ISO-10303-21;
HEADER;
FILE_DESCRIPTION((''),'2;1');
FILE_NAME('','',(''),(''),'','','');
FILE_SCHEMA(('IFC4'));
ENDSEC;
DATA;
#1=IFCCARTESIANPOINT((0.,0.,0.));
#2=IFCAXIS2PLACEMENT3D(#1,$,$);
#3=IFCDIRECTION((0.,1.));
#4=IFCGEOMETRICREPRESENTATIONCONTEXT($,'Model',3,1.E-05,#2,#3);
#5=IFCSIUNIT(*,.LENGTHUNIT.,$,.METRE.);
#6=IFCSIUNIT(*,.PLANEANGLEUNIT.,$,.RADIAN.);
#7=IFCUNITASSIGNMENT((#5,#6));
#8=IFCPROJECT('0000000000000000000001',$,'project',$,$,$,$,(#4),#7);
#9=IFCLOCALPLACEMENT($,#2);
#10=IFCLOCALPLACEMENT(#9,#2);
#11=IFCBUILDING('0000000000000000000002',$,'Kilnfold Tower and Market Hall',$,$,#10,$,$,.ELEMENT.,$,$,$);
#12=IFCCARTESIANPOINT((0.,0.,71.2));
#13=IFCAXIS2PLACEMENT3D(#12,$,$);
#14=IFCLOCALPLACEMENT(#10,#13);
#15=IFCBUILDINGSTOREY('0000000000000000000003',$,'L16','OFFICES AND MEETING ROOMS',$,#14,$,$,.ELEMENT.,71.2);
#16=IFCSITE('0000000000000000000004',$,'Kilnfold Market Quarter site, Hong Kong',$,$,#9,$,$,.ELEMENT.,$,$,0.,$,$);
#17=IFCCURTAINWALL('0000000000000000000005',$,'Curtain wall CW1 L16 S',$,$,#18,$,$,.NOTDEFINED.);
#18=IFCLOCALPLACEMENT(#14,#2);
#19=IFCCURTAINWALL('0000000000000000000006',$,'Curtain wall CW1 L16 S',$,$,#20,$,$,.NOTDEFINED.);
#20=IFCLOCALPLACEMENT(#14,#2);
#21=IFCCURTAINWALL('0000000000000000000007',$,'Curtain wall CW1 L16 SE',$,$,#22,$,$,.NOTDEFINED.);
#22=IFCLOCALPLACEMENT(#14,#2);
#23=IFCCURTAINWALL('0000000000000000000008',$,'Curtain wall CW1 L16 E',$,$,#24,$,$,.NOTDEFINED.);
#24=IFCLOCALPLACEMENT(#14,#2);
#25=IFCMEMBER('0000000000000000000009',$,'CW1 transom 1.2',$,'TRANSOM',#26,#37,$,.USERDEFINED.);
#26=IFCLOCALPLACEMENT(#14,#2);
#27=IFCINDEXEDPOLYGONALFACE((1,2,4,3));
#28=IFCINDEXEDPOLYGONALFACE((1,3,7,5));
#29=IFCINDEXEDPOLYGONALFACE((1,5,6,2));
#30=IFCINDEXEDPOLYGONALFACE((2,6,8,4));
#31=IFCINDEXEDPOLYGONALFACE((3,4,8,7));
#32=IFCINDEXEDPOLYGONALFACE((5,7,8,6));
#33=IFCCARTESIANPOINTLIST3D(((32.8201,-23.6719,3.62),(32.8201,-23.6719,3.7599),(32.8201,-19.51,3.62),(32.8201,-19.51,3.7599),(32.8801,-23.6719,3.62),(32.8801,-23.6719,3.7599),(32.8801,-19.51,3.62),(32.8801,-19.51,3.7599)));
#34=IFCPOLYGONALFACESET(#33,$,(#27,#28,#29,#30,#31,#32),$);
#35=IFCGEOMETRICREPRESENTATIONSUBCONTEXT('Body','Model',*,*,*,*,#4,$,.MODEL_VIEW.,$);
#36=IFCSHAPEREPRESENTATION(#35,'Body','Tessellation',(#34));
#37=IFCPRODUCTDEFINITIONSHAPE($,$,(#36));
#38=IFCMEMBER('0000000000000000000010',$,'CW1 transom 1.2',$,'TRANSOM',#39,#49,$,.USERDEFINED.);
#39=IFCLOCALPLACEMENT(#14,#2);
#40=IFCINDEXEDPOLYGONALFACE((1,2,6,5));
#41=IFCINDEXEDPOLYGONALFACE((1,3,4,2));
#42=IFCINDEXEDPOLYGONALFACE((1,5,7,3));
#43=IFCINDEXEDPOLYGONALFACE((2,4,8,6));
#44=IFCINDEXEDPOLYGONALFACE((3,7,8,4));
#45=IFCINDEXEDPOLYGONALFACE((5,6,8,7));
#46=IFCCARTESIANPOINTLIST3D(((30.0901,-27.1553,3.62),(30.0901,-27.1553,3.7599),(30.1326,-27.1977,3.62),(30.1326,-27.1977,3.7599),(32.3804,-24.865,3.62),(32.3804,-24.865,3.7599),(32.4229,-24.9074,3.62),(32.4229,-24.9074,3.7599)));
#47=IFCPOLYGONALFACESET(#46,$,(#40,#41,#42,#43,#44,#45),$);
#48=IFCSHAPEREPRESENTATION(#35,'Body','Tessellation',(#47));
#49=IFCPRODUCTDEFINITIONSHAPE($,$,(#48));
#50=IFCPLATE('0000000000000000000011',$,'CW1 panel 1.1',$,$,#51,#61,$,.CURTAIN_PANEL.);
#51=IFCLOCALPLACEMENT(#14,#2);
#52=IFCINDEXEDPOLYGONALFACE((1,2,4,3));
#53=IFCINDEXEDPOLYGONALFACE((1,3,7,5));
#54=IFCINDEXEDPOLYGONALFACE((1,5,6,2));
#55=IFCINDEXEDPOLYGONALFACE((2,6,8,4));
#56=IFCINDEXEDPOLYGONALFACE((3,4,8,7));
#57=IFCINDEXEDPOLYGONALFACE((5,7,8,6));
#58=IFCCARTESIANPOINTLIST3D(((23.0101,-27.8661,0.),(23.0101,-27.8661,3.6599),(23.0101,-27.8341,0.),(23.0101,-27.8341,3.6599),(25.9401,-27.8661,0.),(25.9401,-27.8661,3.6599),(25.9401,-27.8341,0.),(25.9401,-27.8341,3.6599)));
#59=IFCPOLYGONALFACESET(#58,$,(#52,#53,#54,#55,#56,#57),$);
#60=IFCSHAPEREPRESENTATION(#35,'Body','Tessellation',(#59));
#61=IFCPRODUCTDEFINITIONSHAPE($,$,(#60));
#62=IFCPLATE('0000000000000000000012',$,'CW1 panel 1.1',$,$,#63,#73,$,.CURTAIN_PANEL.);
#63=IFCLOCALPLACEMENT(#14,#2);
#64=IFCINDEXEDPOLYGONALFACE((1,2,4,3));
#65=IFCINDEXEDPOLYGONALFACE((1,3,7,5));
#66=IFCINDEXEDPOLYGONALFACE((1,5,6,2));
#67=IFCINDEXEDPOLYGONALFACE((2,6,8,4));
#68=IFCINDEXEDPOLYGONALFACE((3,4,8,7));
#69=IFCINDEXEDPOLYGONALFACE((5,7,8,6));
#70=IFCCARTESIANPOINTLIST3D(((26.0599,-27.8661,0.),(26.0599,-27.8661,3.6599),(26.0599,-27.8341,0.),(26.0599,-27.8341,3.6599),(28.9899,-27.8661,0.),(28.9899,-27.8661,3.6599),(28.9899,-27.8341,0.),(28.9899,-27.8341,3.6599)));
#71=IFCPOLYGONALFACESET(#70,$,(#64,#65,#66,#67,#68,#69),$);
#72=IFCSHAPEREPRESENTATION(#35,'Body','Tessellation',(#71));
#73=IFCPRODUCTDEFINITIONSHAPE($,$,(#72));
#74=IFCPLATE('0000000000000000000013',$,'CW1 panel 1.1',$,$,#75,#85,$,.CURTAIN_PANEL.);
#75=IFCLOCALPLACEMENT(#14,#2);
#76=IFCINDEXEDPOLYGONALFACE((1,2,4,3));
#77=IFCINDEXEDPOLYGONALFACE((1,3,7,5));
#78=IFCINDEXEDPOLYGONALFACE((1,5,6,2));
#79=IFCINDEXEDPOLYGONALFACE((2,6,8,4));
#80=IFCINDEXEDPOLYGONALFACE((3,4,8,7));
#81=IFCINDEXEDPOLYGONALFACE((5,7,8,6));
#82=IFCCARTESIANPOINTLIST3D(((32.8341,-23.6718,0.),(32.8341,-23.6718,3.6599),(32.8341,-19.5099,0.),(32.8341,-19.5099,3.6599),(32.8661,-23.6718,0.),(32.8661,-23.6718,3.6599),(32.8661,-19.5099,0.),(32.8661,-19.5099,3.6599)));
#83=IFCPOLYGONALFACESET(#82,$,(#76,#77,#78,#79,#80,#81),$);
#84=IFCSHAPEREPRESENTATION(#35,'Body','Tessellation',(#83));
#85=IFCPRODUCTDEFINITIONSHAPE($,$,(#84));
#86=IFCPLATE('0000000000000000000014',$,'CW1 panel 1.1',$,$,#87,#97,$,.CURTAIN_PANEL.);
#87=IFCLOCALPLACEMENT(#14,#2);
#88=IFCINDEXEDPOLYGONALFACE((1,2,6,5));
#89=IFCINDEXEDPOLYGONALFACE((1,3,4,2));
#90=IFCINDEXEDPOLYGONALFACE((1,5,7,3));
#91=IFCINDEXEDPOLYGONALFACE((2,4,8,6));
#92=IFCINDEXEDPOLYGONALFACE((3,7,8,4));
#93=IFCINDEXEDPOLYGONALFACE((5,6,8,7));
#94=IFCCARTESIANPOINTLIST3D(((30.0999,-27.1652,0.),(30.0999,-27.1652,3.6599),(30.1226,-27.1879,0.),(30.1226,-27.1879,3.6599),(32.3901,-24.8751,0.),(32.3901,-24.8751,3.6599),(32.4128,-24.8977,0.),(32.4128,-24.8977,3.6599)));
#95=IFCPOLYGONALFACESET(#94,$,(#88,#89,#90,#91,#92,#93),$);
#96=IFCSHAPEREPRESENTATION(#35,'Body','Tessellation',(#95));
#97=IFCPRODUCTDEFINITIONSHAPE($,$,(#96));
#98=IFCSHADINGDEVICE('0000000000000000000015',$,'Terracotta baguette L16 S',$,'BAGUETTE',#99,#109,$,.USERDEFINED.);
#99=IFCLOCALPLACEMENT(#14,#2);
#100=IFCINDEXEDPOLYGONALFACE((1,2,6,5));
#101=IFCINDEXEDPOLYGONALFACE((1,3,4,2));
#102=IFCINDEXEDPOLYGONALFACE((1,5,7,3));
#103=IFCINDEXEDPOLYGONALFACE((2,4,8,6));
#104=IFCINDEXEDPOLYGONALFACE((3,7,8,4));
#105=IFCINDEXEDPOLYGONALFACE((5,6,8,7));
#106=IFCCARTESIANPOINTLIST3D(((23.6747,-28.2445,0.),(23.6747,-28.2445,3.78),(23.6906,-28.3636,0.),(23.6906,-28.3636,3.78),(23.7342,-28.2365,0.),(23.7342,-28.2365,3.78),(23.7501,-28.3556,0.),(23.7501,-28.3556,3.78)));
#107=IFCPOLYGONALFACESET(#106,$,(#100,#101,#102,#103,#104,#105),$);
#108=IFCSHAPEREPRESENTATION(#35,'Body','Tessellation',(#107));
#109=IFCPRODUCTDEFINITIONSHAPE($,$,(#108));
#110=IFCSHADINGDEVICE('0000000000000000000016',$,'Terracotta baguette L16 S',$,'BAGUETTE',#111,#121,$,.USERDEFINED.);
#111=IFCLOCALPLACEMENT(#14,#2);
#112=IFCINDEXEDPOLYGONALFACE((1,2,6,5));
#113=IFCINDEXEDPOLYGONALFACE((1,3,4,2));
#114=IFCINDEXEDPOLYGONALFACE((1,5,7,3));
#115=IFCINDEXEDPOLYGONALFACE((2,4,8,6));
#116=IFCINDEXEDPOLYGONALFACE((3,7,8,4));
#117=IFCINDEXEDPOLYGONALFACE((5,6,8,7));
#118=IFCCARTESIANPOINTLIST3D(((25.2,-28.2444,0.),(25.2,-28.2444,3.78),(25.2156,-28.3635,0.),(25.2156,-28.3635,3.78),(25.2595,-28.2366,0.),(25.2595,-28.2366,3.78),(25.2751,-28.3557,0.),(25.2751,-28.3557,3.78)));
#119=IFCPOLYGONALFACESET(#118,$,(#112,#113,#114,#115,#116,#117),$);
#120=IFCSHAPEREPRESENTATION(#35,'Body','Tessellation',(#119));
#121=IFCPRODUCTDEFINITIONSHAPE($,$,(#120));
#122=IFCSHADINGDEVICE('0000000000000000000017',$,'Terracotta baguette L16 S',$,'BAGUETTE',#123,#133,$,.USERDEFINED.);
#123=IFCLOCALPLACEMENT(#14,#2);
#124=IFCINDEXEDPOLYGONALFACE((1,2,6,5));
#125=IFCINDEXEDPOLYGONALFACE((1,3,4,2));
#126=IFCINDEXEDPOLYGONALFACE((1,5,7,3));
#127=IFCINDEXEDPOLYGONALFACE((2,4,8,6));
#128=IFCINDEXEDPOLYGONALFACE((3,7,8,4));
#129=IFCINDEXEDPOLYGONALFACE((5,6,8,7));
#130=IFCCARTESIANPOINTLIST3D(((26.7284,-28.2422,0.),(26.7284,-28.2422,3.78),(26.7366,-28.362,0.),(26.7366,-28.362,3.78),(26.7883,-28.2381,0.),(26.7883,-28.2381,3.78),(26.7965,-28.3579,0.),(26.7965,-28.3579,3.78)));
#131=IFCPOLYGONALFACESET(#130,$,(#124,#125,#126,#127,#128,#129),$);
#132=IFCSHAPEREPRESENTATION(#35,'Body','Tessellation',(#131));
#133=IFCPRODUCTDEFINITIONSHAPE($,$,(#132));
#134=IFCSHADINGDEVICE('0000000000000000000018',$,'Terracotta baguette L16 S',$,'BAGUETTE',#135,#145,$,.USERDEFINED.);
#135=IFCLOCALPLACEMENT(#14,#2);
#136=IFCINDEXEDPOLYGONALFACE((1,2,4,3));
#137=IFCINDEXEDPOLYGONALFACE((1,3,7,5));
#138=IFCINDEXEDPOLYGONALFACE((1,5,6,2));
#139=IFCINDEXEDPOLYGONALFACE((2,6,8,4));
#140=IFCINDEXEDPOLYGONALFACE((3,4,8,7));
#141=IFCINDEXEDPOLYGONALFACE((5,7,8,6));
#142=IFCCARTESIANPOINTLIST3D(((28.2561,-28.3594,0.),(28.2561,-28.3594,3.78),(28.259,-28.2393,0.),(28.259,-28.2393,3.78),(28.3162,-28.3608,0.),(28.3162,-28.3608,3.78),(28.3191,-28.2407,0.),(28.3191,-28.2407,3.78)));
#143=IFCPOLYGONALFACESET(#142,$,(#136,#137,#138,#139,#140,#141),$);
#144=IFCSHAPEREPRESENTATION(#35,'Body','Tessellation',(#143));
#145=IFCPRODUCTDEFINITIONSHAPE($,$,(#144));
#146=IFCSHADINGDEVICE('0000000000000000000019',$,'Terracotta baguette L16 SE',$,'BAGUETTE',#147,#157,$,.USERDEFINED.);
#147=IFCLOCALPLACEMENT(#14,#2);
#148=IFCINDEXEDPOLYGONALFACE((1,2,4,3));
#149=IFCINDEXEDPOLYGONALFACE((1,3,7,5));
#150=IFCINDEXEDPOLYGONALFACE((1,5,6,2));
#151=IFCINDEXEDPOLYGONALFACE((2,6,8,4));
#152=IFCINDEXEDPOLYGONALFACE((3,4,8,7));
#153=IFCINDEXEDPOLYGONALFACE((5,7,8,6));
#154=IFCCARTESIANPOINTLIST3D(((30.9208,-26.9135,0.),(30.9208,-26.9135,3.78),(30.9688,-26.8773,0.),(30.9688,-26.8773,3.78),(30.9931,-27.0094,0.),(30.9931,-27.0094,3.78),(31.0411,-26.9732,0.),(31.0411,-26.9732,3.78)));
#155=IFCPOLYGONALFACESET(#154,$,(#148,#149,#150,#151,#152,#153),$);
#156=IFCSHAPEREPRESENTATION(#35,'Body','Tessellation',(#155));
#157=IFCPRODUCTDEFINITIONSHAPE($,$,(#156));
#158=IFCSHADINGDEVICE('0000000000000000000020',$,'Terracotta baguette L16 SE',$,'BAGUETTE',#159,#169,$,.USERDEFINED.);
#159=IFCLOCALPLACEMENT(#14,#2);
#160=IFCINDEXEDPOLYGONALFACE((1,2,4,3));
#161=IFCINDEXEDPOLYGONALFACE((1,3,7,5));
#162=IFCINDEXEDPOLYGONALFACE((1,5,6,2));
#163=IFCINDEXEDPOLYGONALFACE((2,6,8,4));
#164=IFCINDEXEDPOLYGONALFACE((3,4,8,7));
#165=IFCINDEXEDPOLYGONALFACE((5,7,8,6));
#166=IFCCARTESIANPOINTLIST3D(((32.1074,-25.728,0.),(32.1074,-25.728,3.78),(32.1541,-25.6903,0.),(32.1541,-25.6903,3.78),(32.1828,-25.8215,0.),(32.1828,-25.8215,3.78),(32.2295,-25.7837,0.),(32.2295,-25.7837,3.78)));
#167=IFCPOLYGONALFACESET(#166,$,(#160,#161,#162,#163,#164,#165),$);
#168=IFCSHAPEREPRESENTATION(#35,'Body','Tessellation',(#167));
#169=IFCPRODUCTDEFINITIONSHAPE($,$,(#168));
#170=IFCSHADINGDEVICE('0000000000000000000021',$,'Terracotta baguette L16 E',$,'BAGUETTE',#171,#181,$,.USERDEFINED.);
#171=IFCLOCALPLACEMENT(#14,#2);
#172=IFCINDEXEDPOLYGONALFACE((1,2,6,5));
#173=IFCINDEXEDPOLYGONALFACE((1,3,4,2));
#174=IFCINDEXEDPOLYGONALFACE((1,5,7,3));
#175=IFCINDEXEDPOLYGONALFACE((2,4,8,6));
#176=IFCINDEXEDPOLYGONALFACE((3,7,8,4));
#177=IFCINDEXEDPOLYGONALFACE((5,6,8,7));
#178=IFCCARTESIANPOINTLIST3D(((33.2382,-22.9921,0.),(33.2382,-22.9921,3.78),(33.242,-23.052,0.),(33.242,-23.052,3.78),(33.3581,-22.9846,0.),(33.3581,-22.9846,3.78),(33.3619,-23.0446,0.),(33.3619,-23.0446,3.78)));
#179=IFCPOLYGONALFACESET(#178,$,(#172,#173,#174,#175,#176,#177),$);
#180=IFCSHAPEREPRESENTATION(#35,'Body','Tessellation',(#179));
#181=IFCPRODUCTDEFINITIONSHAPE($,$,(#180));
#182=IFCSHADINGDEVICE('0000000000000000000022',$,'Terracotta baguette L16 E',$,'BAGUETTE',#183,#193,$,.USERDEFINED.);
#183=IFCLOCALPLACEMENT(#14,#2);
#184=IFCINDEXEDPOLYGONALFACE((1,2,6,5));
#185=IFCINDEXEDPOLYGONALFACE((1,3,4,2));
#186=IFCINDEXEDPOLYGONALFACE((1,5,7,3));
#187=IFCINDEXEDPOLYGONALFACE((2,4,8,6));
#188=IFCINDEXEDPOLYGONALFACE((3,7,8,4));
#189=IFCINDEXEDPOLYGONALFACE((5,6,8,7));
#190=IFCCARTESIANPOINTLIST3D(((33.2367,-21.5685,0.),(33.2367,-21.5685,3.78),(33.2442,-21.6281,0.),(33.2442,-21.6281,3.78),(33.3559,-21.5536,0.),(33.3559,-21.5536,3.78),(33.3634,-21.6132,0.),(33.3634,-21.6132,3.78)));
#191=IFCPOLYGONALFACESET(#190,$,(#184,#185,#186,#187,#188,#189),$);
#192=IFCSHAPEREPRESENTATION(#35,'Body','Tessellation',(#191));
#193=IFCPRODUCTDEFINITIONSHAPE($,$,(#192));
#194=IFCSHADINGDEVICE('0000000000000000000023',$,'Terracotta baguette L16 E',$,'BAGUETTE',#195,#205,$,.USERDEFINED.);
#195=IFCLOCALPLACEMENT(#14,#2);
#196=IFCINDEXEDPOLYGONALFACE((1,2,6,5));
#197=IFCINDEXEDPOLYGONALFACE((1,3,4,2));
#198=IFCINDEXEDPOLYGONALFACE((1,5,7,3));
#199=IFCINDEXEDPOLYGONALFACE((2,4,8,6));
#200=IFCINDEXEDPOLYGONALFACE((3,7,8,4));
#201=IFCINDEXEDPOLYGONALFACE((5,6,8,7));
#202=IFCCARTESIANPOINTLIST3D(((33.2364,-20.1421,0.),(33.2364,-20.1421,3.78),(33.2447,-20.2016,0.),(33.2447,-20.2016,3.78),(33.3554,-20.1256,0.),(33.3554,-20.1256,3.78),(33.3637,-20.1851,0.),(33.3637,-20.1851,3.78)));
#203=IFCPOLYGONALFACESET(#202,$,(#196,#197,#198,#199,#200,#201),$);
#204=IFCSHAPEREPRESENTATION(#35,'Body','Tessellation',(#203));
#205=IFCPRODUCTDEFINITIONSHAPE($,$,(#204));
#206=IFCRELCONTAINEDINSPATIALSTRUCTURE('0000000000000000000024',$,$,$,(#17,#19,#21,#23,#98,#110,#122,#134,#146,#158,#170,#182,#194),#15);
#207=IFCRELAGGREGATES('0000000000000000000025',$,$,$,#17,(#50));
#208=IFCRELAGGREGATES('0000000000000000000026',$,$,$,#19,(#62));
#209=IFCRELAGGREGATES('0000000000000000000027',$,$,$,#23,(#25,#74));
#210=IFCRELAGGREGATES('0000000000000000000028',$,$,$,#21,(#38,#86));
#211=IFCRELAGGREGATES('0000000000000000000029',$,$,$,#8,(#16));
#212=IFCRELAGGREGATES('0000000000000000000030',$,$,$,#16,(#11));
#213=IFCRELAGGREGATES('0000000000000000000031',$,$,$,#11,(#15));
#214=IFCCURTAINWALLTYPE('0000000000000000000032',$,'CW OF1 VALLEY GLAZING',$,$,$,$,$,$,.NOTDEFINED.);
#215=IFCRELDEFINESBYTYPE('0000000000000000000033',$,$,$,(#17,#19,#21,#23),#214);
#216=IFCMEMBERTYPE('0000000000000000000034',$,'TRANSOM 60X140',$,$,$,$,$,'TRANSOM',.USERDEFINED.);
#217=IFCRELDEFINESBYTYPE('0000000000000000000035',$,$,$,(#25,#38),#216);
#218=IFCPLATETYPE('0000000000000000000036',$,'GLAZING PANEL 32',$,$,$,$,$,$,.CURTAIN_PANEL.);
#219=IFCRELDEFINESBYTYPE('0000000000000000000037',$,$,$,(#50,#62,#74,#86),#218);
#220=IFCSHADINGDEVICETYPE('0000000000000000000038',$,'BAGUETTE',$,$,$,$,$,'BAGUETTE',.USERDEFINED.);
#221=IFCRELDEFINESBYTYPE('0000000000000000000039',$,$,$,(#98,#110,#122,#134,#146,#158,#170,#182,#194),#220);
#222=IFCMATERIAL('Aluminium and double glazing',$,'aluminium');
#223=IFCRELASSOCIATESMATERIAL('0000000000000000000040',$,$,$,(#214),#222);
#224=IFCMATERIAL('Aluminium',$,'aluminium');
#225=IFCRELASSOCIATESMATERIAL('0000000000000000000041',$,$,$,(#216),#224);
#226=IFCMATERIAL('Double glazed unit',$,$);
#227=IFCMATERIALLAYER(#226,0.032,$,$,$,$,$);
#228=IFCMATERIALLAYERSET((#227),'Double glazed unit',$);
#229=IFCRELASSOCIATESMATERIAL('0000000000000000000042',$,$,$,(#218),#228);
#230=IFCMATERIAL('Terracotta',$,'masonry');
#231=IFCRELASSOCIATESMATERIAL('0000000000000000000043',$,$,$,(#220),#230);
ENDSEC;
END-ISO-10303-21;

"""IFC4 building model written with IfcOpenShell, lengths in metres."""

from ifc_helpers import new_model, si_unit, direction, frame, origin, origin_2d, place, context, subcontext, project, spatial, rectangle, extrude, source, transform, mapped, material, layer, layer_set, material_profile, profile_set, type_object, element, aggregate, save


model = new_model("IFC4")

# Units and contexts
model_context = context("Model", 3, precision=1e-05, world=origin(), true_north=direction((0.0, 1.0)))
body_context = subcontext(model_context, "Body", "Model", "MODEL_VIEW")
ifc_project = project(units=[si_unit("LENGTHUNIT", "METRE"), si_unit("PLANEANGLEUNIT", "RADIAN")], contexts=[model_context])

# Site, building, storey
site_placement = place(None, origin())
site = spatial("IfcSite", under=ifc_project, at=site_placement, Name="Kilnfold Market Quarter site, Hong Kong", CompositionType="ELEMENT", RefElevation=0.0)
building_placement = place(site_placement, origin())
building = spatial("IfcBuilding", under=site, at=building_placement, Name="Kilnfold Tower and Market Hall", CompositionType="ELEMENT")
storey_placement = place(building_placement, frame((0.0, 0.0, 71.2)))
storey = spatial("IfcBuildingStorey", under=building, at=storey_placement, Name="L16", Description="OFFICES AND MEETING ROOMS", CompositionType="ELEMENT", Elevation=71.2)

# Curtain walls
ifc_material_1 = material(Name="Aluminium and double glazing", Category="aluminium")
curtain_wall_type = type_object("IfcCurtainWallType", Name="CW OF1 VALLEY GLAZING", PredefinedType="NOTDEFINED", material=ifc_material_1)
curtain_wall_1_placement = place(storey_placement, origin())
curtain_wall_1 = element("IfcCurtainWall", 1, at=curtain_wall_1_placement, inside=storey, type_object=curtain_wall_type, Name="Curtain wall CW1 L16 S", PredefinedType="NOTDEFINED")
curtain_wall_2_placement = place(storey_placement, origin())
curtain_wall_2 = element("IfcCurtainWall", 2, at=curtain_wall_2_placement, inside=storey, type_object=curtain_wall_type, Name="Curtain wall CW1 L16 S", PredefinedType="NOTDEFINED")
curtain_wall_3_placement = place(storey_placement, origin())
curtain_wall_3 = element("IfcCurtainWall", 3, at=curtain_wall_3_placement, inside=storey, type_object=curtain_wall_type, Name="Curtain wall CW1 L16 SE", PredefinedType="NOTDEFINED")

# Curtain wall
curtain_wall_4_placement = place(storey_placement, origin())
curtain_wall_4 = element("IfcCurtainWall", 4, at=curtain_wall_4_placement, inside=storey, type_object=curtain_wall_type, Name="Curtain wall CW1 L16 E", PredefinedType="NOTDEFINED")

# Members
ifc_material_2 = material(Name="Aluminium", Category="aluminium")
ifc_material_profile_1 = material_profile(ifc_material_2, rectangle(XDim=0.0601, YDim=0.1399, at=origin_2d()), Name="TRANSOM 60x140")
ifc_profile_set_1 = profile_set([ifc_material_profile_1], Name="Aluminium")
member_type_1 = type_object("IfcMemberType", Name="TRANSOM 60X140", ElementType="TRANSOM", PredefinedType="USERDEFINED", material=ifc_profile_set_1)
shared_shape_1 = source(origin(), body_context, "Body", "SweptSolid", [
    extrude(rectangle(XDim=0.0601, YDim=0.1399, at=origin_2d()), origin(), (0.0, 0.0, 1.0), 4.1619),
])
member_1_placement = place(storey_placement, frame((32.8501, -23.6719, 3.6899), z_axis=(0.0, 1.0, 0.0), x_axis=(-1.0, 0.0, 0.0)))
member_1 = element("IfcMember", 5, at=member_1_placement, type_object=member_type_1, Name="CW1 transom 1.2", ObjectType="TRANSOM", PredefinedType="USERDEFINED", context=body_context, shape_type="MappedRepresentation", body=[
    mapped(shared_shape_1, transform((0.0, 0.0, 0.0))),
])
shared_shape_2 = source(origin(), body_context, "Body", "SweptSolid", [
    extrude(rectangle(XDim=0.0601, YDim=0.1399, at=origin_2d()), origin(), (0.0, 0.0, 1.0), 3.239),
])
member_2_placement = place(storey_placement, frame((30.1113, -27.1765, 3.6899), z_axis=(0.707107, 0.707107, 0.0), x_axis=(-0.707107, 0.707107, 0.0)))
member_2 = element("IfcMember", 6, at=member_2_placement, type_object=member_type_1, Name="CW1 transom 1.2", ObjectType="TRANSOM", PredefinedType="USERDEFINED", context=body_context, shape_type="MappedRepresentation", body=[
    mapped(shared_shape_2, transform((0.0, 0.0, 0.0))),
])

# Plates
ifc_material_3 = material(Name="Double glazed unit")
ifc_layer = layer(ifc_material_3, 0.032)
ifc_layer_set = layer_set([ifc_layer], Name="Double glazed unit")
plate_type = type_object("IfcPlateType", Name="GLAZING PANEL 32", PredefinedType="CURTAIN_PANEL", material=ifc_layer_set)
shared_shape_3 = source(origin(), body_context, "Body", "SweptSolid", [
    extrude(rectangle(XDim=2.9299, YDim=0.032, at=origin_2d()), origin(), (0.0, 0.0, 1.0), 3.6599),
])
plate_1_placement = place(storey_placement, frame((24.4751, -27.8501, 0.0), z_axis=(0.0, 0.0, 1.0), x_axis=(1.0, 0.0, 0.0)))
plate_1 = element("IfcPlate", 7, at=plate_1_placement, type_object=plate_type, Name="CW1 panel 1.1", PredefinedType="CURTAIN_PANEL", context=body_context, shape_type="MappedRepresentation", body=[
    mapped(shared_shape_3, transform((0.0, 0.0, 0.0))),
])
aggregate(curtain_wall_1, [plate_1])
plate_2_placement = place(storey_placement, frame((27.5249, -27.8501, 0.0), z_axis=(0.0, 0.0, 1.0), x_axis=(1.0, 0.0, 0.0)))
plate_2 = element("IfcPlate", 8, at=plate_2_placement, type_object=plate_type, Name="CW1 panel 1.1", PredefinedType="CURTAIN_PANEL", context=body_context, shape_type="MappedRepresentation", body=[
    mapped(shared_shape_3, transform((0.0, 0.0, 0.0))),
])
aggregate(curtain_wall_2, [plate_2])
shared_shape_4 = source(origin(), body_context, "Body", "SweptSolid", [
    extrude(rectangle(XDim=4.1619, YDim=0.032, at=origin_2d()), origin(), (0.0, 0.0, 1.0), 3.6599),
])
plate_3_placement = place(storey_placement, frame((32.8501, -21.5908, 0.0), z_axis=(0.0, 0.0, 1.0), x_axis=(0.0, 1.0, 0.0)))
plate_3 = element("IfcPlate", 9, at=plate_3_placement, type_object=plate_type, Name="CW1 panel 1.1", PredefinedType="CURTAIN_PANEL", context=body_context, shape_type="MappedRepresentation", body=[
    mapped(shared_shape_4, transform((0.0, 0.0, 0.0))),
])
aggregate(curtain_wall_4, [member_1, plate_3])
shared_shape_5 = source(origin(), body_context, "Body", "SweptSolid", [
    extrude(rectangle(XDim=3.2388, YDim=0.032, at=origin_2d()), origin(), (0.0, 0.0, 1.0), 3.6599),
])
plate_4_placement = place(storey_placement, frame((31.2563, -26.0315, 0.0), z_axis=(0.0, 0.0, 1.0), x_axis=(0.707122, 0.707092, 0.0)))
plate_4 = element("IfcPlate", 10, at=plate_4_placement, type_object=plate_type, Name="CW1 panel 1.1", PredefinedType="CURTAIN_PANEL", context=body_context, shape_type="MappedRepresentation", body=[
    mapped(shared_shape_5, transform((0.0, 0.0, 0.0))),
])
aggregate(curtain_wall_3, [member_2, plate_4])

# Shading devices
ifc_material_4 = material(Name="Terracotta", Category="masonry")
ifc_material_profile_2 = material_profile(ifc_material_4, rectangle(XDim=0.0601, YDim=0.1201, at=origin_2d()), Name="BAG 60x120")
ifc_profile_set_2 = profile_set([ifc_material_profile_2], Name="Terracotta")
shading_device_type = type_object("IfcShadingDeviceType", Name="BAGUETTE", ElementType="BAGUETTE", PredefinedType="USERDEFINED", material=ifc_profile_set_2)
shared_shape_6 = source(origin(), body_context, "Body", "SweptSolid", [
    extrude(rectangle(XDim=0.0601, YDim=0.1201, at=origin_2d()), origin(), (0.0, 0.0, 1.0), 3.78),
])
for number, where, z_axis, x_axis, name in (
    (11, (23.7124, -28.3, 0.0), (0.0, 0.0, 1.0), (0.991174, 0.132564, 0.0), "Terracotta baguette L16 S"),
    (12, (25.2375, -28.3, 0.0), (0.0, 0.0, 1.0), (0.991566, 0.129606, 0.0), "Terracotta baguette L16 S"),
    (13, (26.7625, -28.3, 0.0), (0.0, 0.0, 1.0), (0.997659, 0.06839, 0.0), "Terracotta baguette L16 S"),
    (14, (28.2876, -28.3, 0.0), (0.0, 0.0, 1.0), (0.999714, -0.02391, 0.0), "Terracotta baguette L16 S"),
    (15, (30.981, -26.9434, 0.0), (0.0, 0.0, 1.0), (0.798534, 0.60195, 0.0), "Terracotta baguette L16 SE"),
    (16, (32.1685, -25.7559, 0.0), (0.0, 0.0, 1.0), (0.778195, 0.628023, 0.0), "Terracotta baguette L16 SE"),
    (17, (33.3, -23.0183, 0.0), (0.0, 0.0, 1.0), (-0.062094, 0.99807, 0.0), "Terracotta baguette L16 E"),
    (18, (33.3, -21.5908, 0.0), (0.0, 0.0, 1.0), (-0.124223, 0.992254, 0.0), "Terracotta baguette L16 E"),
    (19, (33.3, -20.1636, 0.0), (0.0, 0.0, 1.0), (-0.137144, 0.990551, 0.0), "Terracotta baguette L16 E"),
):
    element("IfcShadingDevice", number, at=place(storey_placement, frame(where, z_axis=z_axis, x_axis=x_axis)), inside=storey, type_object=shading_device_type, Name=name, ObjectType="BAGUETTE", PredefinedType="USERDEFINED", context=body_context, shape_type="MappedRepresentation", body=[
        mapped(shared_shape_6, transform((0.0, 0.0, 0.0))),
    ])

save(model, "model.ifc")
